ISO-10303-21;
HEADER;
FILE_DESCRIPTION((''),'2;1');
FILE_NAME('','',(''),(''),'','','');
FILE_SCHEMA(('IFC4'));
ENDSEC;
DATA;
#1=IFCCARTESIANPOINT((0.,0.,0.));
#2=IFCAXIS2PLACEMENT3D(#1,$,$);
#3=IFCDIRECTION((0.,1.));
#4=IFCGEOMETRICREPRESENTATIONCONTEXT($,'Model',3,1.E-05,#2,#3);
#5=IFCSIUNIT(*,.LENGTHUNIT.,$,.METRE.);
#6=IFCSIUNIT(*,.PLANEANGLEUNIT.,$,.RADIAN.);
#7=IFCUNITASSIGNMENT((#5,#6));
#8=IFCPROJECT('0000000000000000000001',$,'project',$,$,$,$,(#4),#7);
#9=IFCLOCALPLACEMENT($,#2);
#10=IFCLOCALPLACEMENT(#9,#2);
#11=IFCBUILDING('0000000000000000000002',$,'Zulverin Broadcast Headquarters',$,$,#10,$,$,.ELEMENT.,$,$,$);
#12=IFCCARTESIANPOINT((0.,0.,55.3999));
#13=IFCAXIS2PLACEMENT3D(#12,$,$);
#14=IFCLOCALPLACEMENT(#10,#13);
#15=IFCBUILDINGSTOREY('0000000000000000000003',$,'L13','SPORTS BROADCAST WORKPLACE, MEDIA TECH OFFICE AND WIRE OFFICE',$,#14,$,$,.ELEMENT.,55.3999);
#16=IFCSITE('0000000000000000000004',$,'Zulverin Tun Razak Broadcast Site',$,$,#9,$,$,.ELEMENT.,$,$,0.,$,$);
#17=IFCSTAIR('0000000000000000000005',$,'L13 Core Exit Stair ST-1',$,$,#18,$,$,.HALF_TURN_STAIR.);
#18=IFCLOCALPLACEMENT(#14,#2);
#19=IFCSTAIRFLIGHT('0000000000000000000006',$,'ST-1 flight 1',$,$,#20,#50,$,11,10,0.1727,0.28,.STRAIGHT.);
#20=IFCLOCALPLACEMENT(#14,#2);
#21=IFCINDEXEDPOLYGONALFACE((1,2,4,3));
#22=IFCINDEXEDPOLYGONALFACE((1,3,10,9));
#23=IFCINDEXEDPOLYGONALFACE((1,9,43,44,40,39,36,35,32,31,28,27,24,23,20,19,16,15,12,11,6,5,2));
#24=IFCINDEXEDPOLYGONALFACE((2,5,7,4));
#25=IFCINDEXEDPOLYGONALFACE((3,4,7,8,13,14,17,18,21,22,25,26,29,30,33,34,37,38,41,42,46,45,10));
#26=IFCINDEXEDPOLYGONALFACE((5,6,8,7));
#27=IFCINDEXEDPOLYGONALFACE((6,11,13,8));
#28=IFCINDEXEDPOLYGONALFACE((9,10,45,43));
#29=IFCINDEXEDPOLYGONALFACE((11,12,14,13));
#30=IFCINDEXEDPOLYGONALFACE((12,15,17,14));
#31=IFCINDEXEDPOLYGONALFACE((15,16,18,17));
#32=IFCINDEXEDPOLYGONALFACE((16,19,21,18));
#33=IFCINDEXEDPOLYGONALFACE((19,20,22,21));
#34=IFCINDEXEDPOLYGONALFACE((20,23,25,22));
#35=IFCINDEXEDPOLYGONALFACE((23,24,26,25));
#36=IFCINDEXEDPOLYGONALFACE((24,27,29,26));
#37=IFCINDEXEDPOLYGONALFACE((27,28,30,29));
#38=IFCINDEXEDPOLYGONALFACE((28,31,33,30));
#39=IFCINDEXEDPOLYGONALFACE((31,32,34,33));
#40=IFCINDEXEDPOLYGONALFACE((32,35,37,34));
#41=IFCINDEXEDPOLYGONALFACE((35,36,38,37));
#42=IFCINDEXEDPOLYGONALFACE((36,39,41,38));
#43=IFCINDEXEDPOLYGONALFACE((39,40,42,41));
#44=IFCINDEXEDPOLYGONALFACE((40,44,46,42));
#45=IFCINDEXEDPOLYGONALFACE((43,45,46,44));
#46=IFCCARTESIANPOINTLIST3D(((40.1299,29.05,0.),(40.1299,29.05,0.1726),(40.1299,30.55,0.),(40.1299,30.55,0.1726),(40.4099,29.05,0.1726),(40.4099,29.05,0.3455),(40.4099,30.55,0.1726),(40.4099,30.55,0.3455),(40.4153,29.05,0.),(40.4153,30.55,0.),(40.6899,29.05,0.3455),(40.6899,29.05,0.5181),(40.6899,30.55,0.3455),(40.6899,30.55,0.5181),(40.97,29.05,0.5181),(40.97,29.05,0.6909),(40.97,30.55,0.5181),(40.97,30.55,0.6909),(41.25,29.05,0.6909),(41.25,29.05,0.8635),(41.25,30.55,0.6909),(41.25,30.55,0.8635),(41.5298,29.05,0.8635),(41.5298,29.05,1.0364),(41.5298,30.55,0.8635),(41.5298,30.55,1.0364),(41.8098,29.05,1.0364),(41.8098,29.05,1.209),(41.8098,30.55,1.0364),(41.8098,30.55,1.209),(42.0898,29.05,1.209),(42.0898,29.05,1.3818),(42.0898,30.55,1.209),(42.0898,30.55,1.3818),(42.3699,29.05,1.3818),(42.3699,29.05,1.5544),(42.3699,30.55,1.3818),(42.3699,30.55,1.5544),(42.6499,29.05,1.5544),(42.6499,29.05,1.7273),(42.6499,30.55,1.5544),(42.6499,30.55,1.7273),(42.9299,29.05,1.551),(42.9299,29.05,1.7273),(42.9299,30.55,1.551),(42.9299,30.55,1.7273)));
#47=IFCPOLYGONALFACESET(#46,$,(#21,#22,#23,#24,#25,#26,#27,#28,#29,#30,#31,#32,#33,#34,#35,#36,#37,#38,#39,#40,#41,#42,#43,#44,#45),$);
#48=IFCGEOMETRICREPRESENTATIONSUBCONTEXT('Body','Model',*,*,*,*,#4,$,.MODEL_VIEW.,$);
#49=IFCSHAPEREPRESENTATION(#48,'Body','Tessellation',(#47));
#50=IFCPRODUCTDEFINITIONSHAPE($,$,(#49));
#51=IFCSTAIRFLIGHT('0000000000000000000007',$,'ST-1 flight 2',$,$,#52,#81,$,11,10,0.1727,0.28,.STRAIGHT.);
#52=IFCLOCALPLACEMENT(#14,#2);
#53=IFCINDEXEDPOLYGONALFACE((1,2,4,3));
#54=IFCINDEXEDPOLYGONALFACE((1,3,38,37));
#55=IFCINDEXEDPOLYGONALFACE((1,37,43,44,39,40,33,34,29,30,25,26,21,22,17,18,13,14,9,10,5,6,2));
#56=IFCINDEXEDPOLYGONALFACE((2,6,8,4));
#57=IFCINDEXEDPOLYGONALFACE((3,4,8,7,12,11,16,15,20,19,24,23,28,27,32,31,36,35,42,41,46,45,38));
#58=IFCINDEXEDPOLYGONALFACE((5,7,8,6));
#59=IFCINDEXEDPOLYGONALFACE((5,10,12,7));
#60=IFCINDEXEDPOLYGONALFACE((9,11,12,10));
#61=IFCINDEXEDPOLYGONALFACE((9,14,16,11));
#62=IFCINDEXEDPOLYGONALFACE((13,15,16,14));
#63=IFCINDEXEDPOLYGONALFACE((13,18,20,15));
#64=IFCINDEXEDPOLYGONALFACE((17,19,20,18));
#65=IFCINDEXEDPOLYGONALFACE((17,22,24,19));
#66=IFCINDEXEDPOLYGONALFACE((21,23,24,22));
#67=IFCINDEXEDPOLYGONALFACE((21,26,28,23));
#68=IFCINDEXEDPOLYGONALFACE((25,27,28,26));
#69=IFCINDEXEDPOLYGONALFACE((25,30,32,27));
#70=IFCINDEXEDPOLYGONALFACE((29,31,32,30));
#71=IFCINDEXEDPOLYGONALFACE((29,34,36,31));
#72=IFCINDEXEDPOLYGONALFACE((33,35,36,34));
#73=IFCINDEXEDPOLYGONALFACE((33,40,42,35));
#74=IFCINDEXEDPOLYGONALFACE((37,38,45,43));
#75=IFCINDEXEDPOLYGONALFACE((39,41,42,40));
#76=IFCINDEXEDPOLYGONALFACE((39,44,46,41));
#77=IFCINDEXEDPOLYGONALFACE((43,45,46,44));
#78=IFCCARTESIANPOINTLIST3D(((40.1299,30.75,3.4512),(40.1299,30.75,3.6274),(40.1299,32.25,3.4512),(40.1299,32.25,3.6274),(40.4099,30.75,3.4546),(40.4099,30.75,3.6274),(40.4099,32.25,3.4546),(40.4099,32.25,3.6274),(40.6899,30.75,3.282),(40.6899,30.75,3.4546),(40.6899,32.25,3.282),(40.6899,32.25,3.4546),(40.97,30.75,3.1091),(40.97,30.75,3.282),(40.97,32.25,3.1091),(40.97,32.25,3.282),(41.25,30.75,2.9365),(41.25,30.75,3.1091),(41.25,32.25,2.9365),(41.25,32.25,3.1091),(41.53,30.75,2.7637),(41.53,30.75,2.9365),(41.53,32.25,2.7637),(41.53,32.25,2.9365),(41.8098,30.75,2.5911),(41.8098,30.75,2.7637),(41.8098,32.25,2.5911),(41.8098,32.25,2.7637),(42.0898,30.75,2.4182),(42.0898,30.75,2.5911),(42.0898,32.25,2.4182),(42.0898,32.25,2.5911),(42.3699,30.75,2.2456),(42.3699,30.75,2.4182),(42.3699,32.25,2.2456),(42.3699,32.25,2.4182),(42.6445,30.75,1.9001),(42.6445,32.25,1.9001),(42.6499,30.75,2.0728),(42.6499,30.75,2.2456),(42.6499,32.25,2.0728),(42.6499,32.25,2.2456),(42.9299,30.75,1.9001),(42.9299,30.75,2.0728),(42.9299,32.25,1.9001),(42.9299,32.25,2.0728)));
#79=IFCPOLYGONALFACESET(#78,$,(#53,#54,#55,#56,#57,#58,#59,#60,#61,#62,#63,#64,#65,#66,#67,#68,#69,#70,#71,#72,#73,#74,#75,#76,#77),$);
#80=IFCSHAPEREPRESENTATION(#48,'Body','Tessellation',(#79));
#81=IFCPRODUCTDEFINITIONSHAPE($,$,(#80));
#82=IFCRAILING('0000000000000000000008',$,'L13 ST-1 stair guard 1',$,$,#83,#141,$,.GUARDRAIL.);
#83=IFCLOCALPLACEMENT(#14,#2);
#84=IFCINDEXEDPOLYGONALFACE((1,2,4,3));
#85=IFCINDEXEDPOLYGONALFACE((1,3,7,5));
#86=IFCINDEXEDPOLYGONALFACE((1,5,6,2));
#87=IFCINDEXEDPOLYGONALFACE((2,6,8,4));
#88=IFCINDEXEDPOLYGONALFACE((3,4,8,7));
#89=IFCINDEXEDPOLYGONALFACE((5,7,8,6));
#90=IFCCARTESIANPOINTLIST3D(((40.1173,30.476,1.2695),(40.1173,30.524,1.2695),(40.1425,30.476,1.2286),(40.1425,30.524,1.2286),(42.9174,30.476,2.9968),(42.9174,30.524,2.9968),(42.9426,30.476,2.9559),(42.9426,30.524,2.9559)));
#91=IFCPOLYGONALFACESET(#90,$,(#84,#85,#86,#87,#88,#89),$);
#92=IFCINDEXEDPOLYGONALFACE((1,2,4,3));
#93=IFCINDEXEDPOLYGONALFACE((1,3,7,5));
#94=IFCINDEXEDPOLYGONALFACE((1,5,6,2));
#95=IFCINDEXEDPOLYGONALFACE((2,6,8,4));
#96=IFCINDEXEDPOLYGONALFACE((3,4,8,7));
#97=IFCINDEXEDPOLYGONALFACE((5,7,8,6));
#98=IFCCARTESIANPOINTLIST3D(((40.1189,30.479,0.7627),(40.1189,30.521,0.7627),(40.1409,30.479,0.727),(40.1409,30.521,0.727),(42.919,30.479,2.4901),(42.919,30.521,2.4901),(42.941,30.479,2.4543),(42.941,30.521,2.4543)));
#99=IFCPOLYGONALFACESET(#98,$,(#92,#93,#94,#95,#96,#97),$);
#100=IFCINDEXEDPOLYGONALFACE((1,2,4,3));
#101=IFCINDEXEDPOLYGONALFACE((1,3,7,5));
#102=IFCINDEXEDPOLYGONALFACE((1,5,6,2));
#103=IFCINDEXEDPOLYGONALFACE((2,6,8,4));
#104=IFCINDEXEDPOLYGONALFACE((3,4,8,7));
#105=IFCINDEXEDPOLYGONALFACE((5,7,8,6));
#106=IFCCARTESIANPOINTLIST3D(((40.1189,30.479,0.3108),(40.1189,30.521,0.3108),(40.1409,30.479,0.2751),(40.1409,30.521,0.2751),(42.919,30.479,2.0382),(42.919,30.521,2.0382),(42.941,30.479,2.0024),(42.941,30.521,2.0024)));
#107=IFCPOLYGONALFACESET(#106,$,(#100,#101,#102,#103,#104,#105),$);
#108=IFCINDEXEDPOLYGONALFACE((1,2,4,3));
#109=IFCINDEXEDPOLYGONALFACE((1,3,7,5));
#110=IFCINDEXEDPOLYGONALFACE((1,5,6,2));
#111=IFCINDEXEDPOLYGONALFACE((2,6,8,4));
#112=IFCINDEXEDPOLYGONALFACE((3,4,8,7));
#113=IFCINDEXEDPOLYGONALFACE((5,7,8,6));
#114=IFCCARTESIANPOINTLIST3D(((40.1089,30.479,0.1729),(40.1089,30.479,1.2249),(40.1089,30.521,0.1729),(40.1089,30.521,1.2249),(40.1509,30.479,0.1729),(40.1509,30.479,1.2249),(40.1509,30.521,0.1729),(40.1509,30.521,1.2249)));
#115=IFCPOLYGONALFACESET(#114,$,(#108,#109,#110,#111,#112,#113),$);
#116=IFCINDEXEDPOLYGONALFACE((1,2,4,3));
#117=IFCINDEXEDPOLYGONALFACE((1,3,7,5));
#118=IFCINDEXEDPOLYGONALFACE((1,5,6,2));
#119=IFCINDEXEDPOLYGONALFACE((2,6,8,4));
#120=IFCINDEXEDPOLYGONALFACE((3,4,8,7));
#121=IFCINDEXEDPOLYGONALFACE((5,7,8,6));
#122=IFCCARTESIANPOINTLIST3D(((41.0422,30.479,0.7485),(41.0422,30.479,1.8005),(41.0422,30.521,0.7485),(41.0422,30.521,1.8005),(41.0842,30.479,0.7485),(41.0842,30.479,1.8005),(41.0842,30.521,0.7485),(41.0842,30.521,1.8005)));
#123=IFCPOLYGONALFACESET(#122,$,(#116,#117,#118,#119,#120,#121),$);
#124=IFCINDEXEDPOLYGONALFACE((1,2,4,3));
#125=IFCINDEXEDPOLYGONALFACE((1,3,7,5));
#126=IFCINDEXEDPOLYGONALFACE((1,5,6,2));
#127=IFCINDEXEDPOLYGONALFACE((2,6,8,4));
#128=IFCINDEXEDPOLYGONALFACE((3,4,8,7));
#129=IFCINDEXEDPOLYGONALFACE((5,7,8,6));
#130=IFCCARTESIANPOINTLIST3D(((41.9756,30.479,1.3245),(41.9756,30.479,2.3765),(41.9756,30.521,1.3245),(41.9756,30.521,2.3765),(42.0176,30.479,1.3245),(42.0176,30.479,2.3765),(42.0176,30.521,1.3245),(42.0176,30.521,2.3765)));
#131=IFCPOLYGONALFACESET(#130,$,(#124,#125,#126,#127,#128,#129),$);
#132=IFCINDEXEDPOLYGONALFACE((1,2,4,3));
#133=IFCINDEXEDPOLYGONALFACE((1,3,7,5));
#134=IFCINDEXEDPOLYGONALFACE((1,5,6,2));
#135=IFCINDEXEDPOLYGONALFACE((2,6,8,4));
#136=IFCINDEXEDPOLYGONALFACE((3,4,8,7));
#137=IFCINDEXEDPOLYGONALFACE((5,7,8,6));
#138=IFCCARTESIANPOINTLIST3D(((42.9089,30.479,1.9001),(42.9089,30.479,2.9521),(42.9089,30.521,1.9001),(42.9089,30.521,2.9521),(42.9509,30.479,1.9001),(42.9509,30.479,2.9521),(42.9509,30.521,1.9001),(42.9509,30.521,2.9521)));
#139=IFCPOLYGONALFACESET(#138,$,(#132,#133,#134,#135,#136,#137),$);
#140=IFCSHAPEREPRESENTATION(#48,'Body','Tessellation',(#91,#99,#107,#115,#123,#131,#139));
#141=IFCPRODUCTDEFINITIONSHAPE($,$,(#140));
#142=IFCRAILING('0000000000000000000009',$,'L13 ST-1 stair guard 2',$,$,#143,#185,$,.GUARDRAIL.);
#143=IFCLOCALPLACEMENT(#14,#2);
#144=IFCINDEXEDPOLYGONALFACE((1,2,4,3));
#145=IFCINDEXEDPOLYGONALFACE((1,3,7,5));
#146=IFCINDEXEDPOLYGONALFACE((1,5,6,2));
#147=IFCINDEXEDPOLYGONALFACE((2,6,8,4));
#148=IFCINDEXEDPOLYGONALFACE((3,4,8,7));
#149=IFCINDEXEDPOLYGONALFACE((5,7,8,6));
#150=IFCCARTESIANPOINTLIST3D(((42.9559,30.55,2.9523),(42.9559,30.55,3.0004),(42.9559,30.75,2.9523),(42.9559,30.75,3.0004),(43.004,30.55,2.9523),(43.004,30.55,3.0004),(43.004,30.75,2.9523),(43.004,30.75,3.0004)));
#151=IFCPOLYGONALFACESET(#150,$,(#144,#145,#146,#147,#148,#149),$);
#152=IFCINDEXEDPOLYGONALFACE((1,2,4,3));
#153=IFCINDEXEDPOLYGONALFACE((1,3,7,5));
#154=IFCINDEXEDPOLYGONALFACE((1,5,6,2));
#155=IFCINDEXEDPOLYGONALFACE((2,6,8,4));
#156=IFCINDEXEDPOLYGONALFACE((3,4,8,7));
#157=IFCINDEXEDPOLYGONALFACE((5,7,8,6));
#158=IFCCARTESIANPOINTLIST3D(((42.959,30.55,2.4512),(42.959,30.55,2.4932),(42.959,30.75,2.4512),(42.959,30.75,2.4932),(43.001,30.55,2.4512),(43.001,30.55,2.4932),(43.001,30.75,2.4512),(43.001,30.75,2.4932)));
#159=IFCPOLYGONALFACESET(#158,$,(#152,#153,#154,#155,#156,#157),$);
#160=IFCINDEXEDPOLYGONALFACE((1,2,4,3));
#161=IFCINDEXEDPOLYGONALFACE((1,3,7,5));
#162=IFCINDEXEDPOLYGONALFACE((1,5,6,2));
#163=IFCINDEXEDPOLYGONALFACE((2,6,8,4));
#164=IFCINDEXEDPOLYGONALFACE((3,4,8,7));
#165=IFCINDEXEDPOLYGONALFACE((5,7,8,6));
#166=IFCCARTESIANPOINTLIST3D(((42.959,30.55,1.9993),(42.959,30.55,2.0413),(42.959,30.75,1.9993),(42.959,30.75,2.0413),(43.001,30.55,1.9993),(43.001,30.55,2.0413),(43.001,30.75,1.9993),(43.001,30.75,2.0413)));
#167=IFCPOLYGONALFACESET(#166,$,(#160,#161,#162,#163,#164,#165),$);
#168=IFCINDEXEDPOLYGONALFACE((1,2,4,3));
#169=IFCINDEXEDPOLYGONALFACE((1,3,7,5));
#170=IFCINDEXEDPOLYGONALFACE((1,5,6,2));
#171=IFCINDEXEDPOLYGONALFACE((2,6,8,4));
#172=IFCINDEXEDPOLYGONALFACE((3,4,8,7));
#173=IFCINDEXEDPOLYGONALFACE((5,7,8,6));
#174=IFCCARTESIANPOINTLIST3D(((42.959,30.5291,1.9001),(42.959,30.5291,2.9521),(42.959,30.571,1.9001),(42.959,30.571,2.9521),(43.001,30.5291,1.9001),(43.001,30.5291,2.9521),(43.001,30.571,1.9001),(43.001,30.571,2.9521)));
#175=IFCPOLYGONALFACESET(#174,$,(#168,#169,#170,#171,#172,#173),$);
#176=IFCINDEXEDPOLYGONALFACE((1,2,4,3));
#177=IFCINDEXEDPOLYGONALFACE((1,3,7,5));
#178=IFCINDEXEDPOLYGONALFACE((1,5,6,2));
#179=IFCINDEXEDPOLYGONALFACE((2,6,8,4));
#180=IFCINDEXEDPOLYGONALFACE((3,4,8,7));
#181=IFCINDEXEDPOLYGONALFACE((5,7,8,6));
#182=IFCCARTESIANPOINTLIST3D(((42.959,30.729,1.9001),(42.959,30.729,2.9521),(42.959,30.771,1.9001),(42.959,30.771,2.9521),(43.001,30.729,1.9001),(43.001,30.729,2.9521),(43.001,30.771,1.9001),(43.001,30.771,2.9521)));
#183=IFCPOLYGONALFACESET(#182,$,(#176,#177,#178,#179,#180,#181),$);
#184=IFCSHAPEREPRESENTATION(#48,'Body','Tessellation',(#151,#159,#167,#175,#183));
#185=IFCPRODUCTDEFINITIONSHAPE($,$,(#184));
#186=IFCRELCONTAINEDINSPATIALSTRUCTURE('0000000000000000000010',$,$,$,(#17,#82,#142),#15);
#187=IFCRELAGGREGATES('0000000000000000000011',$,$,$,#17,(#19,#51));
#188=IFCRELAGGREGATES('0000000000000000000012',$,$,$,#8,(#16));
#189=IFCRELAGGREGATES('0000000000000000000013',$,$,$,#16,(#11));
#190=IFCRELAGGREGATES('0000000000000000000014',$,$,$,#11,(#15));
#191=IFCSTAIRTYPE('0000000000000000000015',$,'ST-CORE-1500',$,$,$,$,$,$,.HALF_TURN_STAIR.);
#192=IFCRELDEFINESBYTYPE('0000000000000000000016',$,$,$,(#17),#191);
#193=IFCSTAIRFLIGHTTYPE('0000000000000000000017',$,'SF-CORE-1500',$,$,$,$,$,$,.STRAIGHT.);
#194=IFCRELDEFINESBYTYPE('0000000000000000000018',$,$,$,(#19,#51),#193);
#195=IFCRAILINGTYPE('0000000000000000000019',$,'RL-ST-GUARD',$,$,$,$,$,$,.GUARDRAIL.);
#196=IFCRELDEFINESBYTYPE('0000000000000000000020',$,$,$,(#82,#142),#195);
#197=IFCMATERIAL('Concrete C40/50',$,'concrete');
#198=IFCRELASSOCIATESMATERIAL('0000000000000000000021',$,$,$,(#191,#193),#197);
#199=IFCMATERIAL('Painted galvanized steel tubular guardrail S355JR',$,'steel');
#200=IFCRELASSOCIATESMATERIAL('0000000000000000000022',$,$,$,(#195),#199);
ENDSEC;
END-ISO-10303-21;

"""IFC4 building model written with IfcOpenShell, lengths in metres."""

from ifc_helpers import new_model, si_unit, direction, frame, origin, origin_2d, place, context, subcontext, project, spatial, polyline, rectangle, outline, extrude, material, type_object, element, aggregate, save


model = new_model("IFC4")

# Units and contexts
model_context = context("Model", 3, precision=1e-05, world=origin(), true_north=direction((0.0, 1.0)))
body_context = subcontext(model_context, "Body", "Model", "MODEL_VIEW")
ifc_project = project(units=[si_unit("LENGTHUNIT", "METRE"), si_unit("PLANEANGLEUNIT", "RADIAN")], contexts=[model_context])

# Site, building, storey
site_placement = place(None, origin())
site = spatial("IfcSite", under=ifc_project, at=site_placement, Name="Zulverin Tun Razak Broadcast Site", CompositionType="ELEMENT", RefElevation=0.0)
building_placement = place(site_placement, origin())
building = spatial("IfcBuilding", under=site, at=building_placement, Name="Zulverin Broadcast Headquarters", CompositionType="ELEMENT")
storey_placement = place(building_placement, frame((0.0, 0.0, 55.3999)))
storey = spatial("IfcBuildingStorey", under=building, at=storey_placement, Name="L13", Description="SPORTS BROADCAST WORKPLACE, MEDIA TECH OFFICE AND WIRE OFFICE", CompositionType="ELEMENT", Elevation=55.3999)

# Shared definitions
ifc_material_1 = material(Name="Concrete C40/50", Category="concrete")

# Stair, stair flights
stair_type = type_object("IfcStairType", Name="ST-CORE-1500", PredefinedType="HALF_TURN_STAIR", material=ifc_material_1)
stair_placement = place(storey_placement, origin())
stair = element("IfcStair", 1, at=stair_placement, inside=storey, type_object=stair_type, Name="L13 Core Exit Stair ST-1", PredefinedType="HALF_TURN_STAIR")
stair_flight_type = type_object("IfcStairFlightType", Name="SF-CORE-1500", PredefinedType="STRAIGHT", material=ifc_material_1)
stair_flight_1_placement = place(storey_placement, frame((40.1299, 29.8, 0.0), z_axis=(0.0, 0.0, 1.0), x_axis=(1.0, 0.0, 0.0)))
stair_flight_1 = element("IfcStairFlight", 2, at=stair_flight_1_placement, type_object=stair_flight_type, Name="ST-1 flight 1", NumberOfRisers=11, NumberOfTreads=10, PredefinedType="STRAIGHT", RiserHeight=0.1727, TreadLength=0.28, context=body_context, shape_type="SweptSolid", body=[
    extrude(outline(polyline([(0.0, 0.0), (0.0, 0.1726), (0.28, 0.1726), (0.28, 0.3455), (0.5601, 0.3455), (0.5601, 0.5181), (0.8401, 0.5181), (0.8401, 0.6909), (1.1201, 0.6909), (1.1201, 0.8635), (1.3999, 0.8635), (1.3999, 1.0364), (1.6799, 1.0364), (1.6799, 1.209), (1.96, 1.209), (1.96, 1.3818), (2.24, 1.3818), (2.24, 1.5544), (2.52, 1.5544), (2.52, 1.7273), (2.8, 1.7273), (2.8, 1.8999), (2.8, 1.551), (0.2854, 0.0), (0.0, 0.0)])), frame((0.0, 0.75, 0.0), z_axis=(0.0, -1.0, 0.0), x_axis=(1.0, 0.0, 0.0)), (0.0, 0.0, 1.0), 1.5),
])
stair_flight_2_placement = place(storey_placement, frame((42.9299, 31.5, 1.9001), z_axis=(0.0, 0.0, 1.0), x_axis=(-1.0, 0.0, 0.0)))
stair_flight_2 = element("IfcStairFlight", 3, at=stair_flight_2_placement, type_object=stair_flight_type, Name="ST-1 flight 2", NumberOfRisers=11, NumberOfTreads=10, PredefinedType="STRAIGHT", RiserHeight=0.1727, TreadLength=0.28, context=body_context, shape_type="SweptSolid", body=[
    extrude(outline(polyline([(0.0, 0.0), (0.0, 0.1726), (0.28, 0.1726), (0.28, 0.3455), (0.5601, 0.3455), (0.5601, 0.5181), (0.8401, 0.5181), (0.8401, 0.6909), (1.1201, 0.6909), (1.1201, 0.8635), (1.3999, 0.8635), (1.3999, 1.0364), (1.6799, 1.0364), (1.6799, 1.209), (1.96, 1.209), (1.96, 1.3818), (2.24, 1.3818), (2.24, 1.5544), (2.52, 1.5544), (2.52, 1.7273), (2.8, 1.7273), (2.8, 1.8999), (2.8, 1.551), (0.2854, 0.0), (0.0, 0.0)])), frame((0.0, 0.75, 0.0), z_axis=(0.0, -1.0, 0.0), x_axis=(1.0, 0.0, 0.0)), (0.0, 0.0, 1.0), 1.5),
])
aggregate(stair, [stair_flight_1, stair_flight_2])

# Railings
ifc_material_2 = material(Name="Painted galvanized steel tubular guardrail S355JR", Category="steel")
railing_type_1 = type_object("IfcRailingType", Name="RL-ST-GUARD", PredefinedType="GUARDRAIL", material=ifc_material_2)
railing_1_placement = place(storey_placement, frame((40.1299, 30.5, 0.1729)))
element("IfcRailing", 4, at=railing_1_placement, inside=storey, type_object=railing_type_1, Name="L13 ST-1 stair guard 1", PredefinedType="GUARDRAIL", context=body_context, shape_type="SweptSolid", body=[
    extrude(rectangle(XDim=0.0481, YDim=0.0481, at=origin_2d()), frame((0.0, 0.0, 1.0762), z_axis=(0.85109, 0.0, 0.52502), x_axis=(0.0, 1.0, 0.0)), (0.0, 0.0, 1.0), 3.29),
    extrude(rectangle(XDim=0.042, YDim=0.042, at=origin_2d()), frame((0.0, 0.0, 0.572), z_axis=(0.85109, 0.0, 0.52502), x_axis=(0.0, 1.0, 0.0)), (0.0, 0.0, 1.0), 3.29),
    extrude(rectangle(XDim=0.042, YDim=0.042, at=origin_2d()), frame((0.0, 0.0, 0.1201), z_axis=(0.85109, 0.0, 0.52502), x_axis=(0.0, 1.0, 0.0)), (0.0, 0.0, 1.0), 3.29),
    extrude(rectangle(XDim=0.042, YDim=0.042, at=origin_2d()), origin(), (0.0, 0.0, 1.0), 1.052),
    extrude(rectangle(XDim=0.042, YDim=0.042, at=origin_2d()), frame((0.9333, 0.0, 0.5757)), (0.0, 0.0, 1.0), 1.052),
    extrude(rectangle(XDim=0.042, YDim=0.042, at=origin_2d()), frame((1.8667, 0.0, 1.1516)), (0.0, 0.0, 1.0), 1.052),
    extrude(rectangle(XDim=0.042, YDim=0.042, at=origin_2d()), frame((2.8, 0.0, 1.7273)), (0.0, 0.0, 1.0), 1.052),
])
railing_2_placement = place(storey_placement, frame((42.98, 30.55, 1.9001)))
element("IfcRailing", 5, at=railing_2_placement, inside=storey, type_object=railing_type_1, Name="L13 ST-1 stair guard 2", PredefinedType="GUARDRAIL", context=body_context, shape_type="SweptSolid", body=[
    extrude(rectangle(XDim=0.0481, YDim=0.0481, at=origin_2d()), frame((0.0, 0.0, 1.0762), z_axis=(0.0, 1.0, 0.0), x_axis=(-1.0, 0.0, 0.0)), (0.0, 0.0, 1.0), 0.2),
    extrude(rectangle(XDim=0.042, YDim=0.042, at=origin_2d()), frame((0.0, 0.0, 0.572), z_axis=(0.0, 1.0, 0.0), x_axis=(-1.0, 0.0, 0.0)), (0.0, 0.0, 1.0), 0.2),
    extrude(rectangle(XDim=0.042, YDim=0.042, at=origin_2d()), frame((0.0, 0.0, 0.1201), z_axis=(0.0, 1.0, 0.0), x_axis=(-1.0, 0.0, 0.0)), (0.0, 0.0, 1.0), 0.2),
    extrude(rectangle(XDim=0.042, YDim=0.042, at=origin_2d()), origin(), (0.0, 0.0, 1.0), 1.052),
    extrude(rectangle(XDim=0.042, YDim=0.042, at=origin_2d()), frame((0.0, 0.2, 0.0)), (0.0, 0.0, 1.0), 1.052),
])

save(model, "model.ifc")
